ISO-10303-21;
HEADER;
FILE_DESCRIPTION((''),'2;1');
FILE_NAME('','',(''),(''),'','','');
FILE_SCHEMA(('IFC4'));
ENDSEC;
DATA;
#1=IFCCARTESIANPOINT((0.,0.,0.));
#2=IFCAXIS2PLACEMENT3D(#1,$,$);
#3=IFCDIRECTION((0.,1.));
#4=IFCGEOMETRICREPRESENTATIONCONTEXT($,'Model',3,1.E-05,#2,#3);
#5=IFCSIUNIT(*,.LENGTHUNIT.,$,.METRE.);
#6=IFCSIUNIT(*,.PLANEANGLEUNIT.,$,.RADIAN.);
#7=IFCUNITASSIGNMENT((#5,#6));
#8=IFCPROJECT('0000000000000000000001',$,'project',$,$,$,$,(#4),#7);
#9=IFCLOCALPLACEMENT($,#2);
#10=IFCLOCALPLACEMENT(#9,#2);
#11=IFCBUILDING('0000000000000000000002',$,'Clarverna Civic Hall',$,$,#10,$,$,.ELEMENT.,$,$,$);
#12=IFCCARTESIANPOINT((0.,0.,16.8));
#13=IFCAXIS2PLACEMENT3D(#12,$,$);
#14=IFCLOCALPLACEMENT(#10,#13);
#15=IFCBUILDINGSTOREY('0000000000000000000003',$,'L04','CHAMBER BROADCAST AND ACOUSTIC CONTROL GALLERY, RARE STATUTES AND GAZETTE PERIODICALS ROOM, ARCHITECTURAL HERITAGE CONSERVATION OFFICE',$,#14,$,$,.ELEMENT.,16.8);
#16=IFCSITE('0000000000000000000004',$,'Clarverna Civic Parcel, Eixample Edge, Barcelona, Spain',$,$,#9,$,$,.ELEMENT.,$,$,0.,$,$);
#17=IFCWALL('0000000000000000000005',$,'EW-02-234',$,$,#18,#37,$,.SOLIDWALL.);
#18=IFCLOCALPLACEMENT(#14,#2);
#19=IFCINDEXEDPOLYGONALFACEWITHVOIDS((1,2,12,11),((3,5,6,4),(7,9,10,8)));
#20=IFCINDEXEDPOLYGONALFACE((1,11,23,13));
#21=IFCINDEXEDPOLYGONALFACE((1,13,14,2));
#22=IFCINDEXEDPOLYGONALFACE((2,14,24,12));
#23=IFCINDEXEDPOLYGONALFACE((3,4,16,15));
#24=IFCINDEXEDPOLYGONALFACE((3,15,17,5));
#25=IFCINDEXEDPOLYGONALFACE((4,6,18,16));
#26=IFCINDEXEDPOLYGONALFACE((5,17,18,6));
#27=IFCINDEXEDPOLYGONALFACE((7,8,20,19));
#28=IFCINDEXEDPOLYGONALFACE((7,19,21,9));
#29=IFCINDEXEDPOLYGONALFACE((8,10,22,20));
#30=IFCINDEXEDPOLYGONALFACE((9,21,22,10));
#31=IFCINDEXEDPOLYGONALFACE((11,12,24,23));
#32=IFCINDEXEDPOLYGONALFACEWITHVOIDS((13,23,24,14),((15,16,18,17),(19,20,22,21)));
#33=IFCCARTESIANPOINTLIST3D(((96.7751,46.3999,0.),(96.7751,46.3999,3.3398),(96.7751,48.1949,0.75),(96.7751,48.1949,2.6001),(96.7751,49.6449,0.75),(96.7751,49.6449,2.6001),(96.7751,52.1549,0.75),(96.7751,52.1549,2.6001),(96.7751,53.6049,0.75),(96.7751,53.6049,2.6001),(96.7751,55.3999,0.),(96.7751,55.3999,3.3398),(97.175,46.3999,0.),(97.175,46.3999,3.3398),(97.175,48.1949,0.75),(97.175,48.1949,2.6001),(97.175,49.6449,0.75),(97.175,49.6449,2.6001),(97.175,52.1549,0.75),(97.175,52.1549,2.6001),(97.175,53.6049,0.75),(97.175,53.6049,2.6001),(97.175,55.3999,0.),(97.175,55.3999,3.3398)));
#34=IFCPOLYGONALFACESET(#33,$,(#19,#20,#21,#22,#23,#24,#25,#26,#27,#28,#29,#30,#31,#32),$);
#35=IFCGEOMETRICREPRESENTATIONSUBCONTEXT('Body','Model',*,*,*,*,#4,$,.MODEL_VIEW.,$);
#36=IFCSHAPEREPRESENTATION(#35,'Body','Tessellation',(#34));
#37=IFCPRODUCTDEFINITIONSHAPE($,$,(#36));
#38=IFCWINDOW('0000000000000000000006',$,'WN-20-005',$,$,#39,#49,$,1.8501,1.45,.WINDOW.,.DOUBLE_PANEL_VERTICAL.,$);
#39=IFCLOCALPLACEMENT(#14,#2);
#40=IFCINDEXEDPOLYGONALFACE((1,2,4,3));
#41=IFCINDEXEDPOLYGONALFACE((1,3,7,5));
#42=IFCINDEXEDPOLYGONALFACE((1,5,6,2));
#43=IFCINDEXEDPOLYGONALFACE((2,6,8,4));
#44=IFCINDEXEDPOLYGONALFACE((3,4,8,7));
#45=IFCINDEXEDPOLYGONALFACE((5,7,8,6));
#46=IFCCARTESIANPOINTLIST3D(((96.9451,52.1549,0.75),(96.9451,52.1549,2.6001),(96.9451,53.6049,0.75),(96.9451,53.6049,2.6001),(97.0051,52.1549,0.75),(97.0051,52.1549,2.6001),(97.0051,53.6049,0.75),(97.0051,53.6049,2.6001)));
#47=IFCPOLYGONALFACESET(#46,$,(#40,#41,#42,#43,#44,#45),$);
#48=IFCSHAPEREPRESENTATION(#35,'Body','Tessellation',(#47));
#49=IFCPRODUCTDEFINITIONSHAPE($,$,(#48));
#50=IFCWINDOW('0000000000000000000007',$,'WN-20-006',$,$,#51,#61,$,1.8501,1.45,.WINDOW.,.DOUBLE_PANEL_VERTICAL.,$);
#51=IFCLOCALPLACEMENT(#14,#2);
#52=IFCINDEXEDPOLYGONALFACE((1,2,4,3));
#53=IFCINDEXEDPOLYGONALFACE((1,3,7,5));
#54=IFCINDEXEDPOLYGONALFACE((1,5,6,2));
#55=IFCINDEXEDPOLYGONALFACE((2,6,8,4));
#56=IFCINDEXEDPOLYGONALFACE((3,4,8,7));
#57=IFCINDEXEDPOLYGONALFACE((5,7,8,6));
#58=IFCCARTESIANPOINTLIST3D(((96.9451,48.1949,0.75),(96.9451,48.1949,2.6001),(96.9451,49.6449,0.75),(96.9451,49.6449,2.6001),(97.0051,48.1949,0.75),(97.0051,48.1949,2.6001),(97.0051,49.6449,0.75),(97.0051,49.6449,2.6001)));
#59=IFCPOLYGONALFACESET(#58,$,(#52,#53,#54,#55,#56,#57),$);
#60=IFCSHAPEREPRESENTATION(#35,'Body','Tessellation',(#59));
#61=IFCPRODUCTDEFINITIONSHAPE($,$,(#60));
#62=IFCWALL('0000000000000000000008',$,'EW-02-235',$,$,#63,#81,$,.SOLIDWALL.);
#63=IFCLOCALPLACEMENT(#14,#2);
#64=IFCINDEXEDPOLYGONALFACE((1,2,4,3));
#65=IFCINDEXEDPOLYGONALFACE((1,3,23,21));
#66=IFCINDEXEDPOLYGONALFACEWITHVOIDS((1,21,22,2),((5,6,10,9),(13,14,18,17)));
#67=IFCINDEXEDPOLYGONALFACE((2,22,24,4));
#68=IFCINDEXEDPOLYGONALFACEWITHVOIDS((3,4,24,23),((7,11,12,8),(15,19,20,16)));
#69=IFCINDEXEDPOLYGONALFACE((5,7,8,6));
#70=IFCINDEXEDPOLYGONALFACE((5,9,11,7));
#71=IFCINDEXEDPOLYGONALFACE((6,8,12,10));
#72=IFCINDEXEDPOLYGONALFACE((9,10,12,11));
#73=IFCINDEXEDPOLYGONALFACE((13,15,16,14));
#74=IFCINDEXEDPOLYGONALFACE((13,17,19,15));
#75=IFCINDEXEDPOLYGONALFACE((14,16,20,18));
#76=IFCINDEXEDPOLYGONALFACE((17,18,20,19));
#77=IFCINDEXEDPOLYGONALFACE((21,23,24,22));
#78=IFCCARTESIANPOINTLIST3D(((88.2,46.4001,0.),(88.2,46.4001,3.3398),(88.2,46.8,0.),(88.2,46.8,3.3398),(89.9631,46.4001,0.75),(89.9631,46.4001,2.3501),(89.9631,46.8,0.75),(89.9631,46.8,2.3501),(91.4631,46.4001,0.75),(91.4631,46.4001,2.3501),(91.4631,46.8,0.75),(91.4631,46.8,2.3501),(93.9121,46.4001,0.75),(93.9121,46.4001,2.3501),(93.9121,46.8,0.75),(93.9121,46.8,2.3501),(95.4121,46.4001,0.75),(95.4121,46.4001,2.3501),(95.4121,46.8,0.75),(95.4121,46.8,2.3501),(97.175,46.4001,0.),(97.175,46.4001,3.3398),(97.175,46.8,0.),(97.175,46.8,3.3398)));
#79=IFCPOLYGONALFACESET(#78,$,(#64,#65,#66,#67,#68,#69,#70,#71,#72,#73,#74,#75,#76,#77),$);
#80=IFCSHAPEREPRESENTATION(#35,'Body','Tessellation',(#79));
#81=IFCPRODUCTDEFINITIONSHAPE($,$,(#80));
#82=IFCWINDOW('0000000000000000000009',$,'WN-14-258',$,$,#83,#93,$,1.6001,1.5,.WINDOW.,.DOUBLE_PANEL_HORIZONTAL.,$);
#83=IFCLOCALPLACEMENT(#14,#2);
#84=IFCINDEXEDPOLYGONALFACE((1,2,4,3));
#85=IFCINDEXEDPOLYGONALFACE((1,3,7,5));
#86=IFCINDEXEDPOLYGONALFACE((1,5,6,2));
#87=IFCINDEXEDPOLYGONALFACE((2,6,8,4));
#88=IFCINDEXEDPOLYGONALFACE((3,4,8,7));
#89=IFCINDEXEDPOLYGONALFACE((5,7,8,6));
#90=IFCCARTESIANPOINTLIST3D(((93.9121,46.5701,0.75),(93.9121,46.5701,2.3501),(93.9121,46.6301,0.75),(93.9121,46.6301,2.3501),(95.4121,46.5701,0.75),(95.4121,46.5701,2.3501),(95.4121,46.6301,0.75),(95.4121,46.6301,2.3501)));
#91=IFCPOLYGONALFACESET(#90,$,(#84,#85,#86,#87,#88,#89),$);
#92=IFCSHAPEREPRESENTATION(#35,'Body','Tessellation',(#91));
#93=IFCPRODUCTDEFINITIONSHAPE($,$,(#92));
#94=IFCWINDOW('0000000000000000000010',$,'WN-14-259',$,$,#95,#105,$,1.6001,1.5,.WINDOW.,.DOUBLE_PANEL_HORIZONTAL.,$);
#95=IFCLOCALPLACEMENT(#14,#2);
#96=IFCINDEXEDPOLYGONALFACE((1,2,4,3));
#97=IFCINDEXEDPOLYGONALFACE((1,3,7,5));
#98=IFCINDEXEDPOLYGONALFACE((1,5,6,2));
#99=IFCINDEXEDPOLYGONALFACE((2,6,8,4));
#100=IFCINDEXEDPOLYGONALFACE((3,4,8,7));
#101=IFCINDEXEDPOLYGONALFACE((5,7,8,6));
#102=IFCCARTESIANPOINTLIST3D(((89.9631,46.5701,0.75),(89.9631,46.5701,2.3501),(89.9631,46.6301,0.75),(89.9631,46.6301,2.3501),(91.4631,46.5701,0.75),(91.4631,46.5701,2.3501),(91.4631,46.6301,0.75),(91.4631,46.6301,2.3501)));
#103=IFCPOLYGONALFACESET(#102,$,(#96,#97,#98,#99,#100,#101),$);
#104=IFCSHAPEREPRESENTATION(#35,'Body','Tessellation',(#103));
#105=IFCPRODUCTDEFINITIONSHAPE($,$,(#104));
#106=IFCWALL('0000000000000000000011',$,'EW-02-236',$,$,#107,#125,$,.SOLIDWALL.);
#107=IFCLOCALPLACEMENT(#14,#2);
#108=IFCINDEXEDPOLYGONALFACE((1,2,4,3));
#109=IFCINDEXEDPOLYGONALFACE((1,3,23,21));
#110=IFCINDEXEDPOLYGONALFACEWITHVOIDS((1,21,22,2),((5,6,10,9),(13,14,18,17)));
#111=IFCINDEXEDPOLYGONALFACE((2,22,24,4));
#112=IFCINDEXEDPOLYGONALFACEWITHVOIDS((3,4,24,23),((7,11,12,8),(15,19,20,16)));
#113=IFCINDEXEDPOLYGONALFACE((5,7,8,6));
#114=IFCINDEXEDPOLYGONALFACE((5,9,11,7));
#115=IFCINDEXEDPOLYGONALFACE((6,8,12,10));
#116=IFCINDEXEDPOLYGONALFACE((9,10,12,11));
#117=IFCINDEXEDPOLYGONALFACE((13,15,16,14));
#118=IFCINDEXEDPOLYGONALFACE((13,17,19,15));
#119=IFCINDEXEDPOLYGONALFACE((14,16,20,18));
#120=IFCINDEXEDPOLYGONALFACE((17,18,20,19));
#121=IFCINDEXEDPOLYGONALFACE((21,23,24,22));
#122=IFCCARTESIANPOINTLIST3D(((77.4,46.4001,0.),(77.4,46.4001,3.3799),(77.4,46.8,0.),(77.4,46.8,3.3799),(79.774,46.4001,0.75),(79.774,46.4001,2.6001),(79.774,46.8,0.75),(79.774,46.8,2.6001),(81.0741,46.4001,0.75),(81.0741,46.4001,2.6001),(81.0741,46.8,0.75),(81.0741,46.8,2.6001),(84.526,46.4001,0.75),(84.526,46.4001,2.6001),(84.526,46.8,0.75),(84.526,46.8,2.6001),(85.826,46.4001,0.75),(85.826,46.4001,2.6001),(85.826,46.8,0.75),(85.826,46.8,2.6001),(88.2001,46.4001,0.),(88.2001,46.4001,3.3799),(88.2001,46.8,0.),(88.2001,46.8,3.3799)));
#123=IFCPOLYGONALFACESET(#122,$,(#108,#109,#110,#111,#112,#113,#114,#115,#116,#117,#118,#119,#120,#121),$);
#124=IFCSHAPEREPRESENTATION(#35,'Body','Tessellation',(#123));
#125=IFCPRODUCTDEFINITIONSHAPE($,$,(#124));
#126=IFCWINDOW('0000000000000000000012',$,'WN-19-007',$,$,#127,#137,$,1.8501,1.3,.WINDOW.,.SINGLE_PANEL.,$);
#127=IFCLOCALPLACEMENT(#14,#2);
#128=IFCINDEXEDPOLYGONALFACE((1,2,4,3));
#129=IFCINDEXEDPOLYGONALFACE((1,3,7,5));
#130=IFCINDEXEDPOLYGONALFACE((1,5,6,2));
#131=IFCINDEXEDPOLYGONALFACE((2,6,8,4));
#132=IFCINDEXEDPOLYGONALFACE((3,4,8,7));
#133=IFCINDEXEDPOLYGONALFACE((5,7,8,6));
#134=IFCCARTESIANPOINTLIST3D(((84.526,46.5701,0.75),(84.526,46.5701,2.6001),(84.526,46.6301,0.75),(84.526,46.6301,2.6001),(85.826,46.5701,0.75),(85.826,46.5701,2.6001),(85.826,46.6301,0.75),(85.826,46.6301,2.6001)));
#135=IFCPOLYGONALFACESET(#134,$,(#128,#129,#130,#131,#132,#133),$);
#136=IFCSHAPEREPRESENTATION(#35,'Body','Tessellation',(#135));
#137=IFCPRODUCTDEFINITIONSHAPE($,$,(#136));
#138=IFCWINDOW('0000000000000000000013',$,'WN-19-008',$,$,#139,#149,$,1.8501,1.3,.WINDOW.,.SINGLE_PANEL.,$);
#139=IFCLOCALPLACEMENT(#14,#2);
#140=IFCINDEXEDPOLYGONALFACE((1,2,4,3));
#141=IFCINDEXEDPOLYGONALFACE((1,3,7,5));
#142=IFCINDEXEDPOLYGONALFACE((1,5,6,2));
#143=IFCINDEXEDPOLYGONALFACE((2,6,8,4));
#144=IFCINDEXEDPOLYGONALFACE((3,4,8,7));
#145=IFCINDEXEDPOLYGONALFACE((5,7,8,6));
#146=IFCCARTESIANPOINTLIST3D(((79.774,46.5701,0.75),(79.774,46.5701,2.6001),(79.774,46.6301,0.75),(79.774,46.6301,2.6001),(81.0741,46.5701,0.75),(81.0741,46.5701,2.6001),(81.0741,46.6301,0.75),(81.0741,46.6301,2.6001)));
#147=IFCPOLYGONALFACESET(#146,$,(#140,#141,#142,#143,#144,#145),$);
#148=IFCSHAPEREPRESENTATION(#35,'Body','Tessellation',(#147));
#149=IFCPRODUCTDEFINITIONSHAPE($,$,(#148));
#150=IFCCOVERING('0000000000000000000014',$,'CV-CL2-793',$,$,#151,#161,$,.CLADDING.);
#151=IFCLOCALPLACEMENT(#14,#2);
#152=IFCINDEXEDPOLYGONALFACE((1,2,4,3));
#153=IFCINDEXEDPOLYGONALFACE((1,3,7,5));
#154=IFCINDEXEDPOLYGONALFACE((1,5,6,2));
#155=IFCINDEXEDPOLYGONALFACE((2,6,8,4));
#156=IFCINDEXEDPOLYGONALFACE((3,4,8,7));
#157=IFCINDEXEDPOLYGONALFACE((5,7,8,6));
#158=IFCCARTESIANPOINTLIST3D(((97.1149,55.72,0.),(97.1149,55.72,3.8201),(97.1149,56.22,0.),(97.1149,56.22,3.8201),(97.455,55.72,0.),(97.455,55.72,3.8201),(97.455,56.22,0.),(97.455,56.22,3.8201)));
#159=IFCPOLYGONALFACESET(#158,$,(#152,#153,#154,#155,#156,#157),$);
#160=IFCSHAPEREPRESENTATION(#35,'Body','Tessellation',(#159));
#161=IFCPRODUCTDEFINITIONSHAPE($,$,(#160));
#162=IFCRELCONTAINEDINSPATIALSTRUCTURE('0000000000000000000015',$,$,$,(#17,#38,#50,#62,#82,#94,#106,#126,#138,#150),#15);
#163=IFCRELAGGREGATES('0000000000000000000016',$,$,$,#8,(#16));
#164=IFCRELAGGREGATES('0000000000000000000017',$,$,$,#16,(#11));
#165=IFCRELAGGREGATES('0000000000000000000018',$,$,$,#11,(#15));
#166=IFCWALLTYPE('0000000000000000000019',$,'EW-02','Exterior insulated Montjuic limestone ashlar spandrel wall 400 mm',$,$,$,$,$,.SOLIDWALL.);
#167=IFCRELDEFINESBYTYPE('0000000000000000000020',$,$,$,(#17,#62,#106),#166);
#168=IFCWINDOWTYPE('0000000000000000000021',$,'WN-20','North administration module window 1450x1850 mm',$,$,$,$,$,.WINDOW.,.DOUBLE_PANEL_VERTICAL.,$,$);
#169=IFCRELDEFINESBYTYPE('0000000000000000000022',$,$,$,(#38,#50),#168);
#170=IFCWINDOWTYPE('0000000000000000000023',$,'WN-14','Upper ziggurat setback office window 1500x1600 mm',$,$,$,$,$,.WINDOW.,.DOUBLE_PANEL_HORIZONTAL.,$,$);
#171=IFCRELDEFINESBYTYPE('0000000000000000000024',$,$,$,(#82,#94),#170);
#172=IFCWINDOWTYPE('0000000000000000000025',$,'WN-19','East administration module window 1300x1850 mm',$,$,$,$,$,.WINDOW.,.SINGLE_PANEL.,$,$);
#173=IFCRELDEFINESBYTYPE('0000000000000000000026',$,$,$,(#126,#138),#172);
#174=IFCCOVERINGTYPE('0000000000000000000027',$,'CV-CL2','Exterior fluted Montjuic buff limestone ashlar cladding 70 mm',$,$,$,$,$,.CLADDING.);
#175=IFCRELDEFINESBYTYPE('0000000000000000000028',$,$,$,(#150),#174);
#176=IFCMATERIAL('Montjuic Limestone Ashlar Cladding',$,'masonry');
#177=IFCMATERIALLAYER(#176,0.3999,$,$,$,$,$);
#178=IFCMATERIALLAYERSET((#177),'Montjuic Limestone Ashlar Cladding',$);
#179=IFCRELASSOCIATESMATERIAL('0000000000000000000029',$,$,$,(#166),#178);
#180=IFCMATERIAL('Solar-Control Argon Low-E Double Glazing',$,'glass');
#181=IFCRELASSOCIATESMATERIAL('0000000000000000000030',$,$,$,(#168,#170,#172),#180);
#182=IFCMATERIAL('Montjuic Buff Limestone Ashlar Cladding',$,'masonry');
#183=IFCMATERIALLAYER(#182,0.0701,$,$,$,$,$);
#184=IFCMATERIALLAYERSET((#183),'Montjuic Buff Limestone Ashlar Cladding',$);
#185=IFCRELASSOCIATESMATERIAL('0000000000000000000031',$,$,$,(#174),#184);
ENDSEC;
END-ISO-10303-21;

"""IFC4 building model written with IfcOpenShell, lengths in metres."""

from ifc_helpers import new_model, si_unit, direction, frame, frame_2d, origin, place, context, subcontext, project, spatial, rectangle, extrude, material, layer, layer_set, type_object, element, fill, save


model = new_model("IFC4")

# Units and contexts
model_context = context("Model", 3, precision=1e-05, world=origin(), true_north=direction((0.0, 1.0)))
body_context = subcontext(model_context, "Body", "Model", "MODEL_VIEW")
ifc_project = project(units=[si_unit("LENGTHUNIT", "METRE"), si_unit("PLANEANGLEUNIT", "RADIAN")], contexts=[model_context])

# Site, building, storey
site_placement = place(None, origin())
site = spatial("IfcSite", under=ifc_project, at=site_placement, Name="Clarverna Civic Parcel, Eixample Edge, Barcelona, Spain", CompositionType="ELEMENT", RefElevation=0.0)
building_placement = place(site_placement, origin())
building = spatial("IfcBuilding", under=site, at=building_placement, Name="Clarverna Civic Hall", CompositionType="ELEMENT")
storey_placement = place(building_placement, frame((0.0, 0.0, 16.8)))
storey = spatial("IfcBuildingStorey", under=building, at=storey_placement, Name="L04", Description="CHAMBER BROADCAST AND ACOUSTIC CONTROL GALLERY, RARE STATUTES AND GAZETTE PERIODICALS ROOM, ARCHITECTURAL HERITAGE CONSERVATION OFFICE", CompositionType="ELEMENT", Elevation=16.8)

# Walls, openings, windows
ifc_material_1 = material(Name="Montjuic Limestone Ashlar Cladding", Category="masonry")
ifc_layer_1 = layer(ifc_material_1, 0.3999)
ifc_layer_set_1 = layer_set([ifc_layer_1], Name="Montjuic Limestone Ashlar Cladding")
wall_type = type_object("IfcWallType", Name="EW-02", Description="Exterior insulated Montjuic limestone ashlar spandrel wall 400 mm", PredefinedType="SOLIDWALL", material=ifc_layer_set_1)
wall_1_placement = place(storey_placement, frame((96.9751, 55.3999, 0.0), z_axis=(0.0, 0.0, 1.0), x_axis=(0.0, -1.0, 0.0)))
wall_1 = element("IfcWall", 1, at=wall_1_placement, inside=storey, type_object=wall_type, Name="EW-02-234", PredefinedType="SOLIDWALL", context=body_context, shape_type="SweptSolid", body=[
    extrude(rectangle(XDim=9.0, YDim=0.3999, at=frame_2d((4.5, 0.0))), origin(), (0.0, 0.0, 1.0), 3.3398),
])
opening_1_placement = place(wall_1_placement, frame((1.7949, 0.0, 0.75)))
opening_1 = element("IfcOpeningElement", 2, at=opening_1_placement, cuts=wall_1, PredefinedType="OPENING", context=body_context, shape_type="SweptSolid", body=[
    extrude(rectangle(XDim=1.45, YDim=1.8501, at=frame_2d((0.7251, 0.925))), frame((0.0, 0.21, 0.0), z_axis=(0.0, -1.0, 0.0), x_axis=(1.0, 0.0, 0.0)), (0.0, 0.0, 1.0), 0.4199),
])
opening_2_placement = place(wall_1_placement, frame((5.7549, 0.0, 0.75)))
opening_2 = element("IfcOpeningElement", 3, at=opening_2_placement, cuts=wall_1, PredefinedType="OPENING", context=body_context, shape_type="SweptSolid", body=[
    extrude(rectangle(XDim=1.45, YDim=1.8501, at=frame_2d((0.7251, 0.925))), frame((0.0, 0.21, 0.0), z_axis=(0.0, -1.0, 0.0), x_axis=(1.0, 0.0, 0.0)), (0.0, 0.0, 1.0), 0.4199),
])
ifc_material_2 = material(Name="Solar-Control Argon Low-E Double Glazing", Category="glass")
window_type_1 = type_object("IfcWindowType", Name="WN-20", Description="North administration module window 1450x1850 mm", PartitioningType="DOUBLE_PANEL_VERTICAL", PredefinedType="WINDOW", material=ifc_material_2)
window_1_placement = place(opening_1_placement, origin())
window_1 = element("IfcWindow", 4, at=window_1_placement, inside=storey, type_object=window_type_1, Name="WN-20-005", OverallHeight=1.8501, OverallWidth=1.45, PartitioningType="DOUBLE_PANEL_VERTICAL", PredefinedType="WINDOW", context=body_context, shape_type="SweptSolid", body=[
    extrude(rectangle(XDim=1.45, YDim=1.8501, at=frame_2d((0.7251, 0.925))), frame((0.0, 0.03, 0.0), z_axis=(0.0, -1.0, 0.0), x_axis=(1.0, 0.0, 0.0)), (0.0, 0.0, 1.0), 0.0601),
])
fill(opening_1, window_1)
window_2_placement = place(opening_2_placement, origin())
window_2 = element("IfcWindow", 5, at=window_2_placement, inside=storey, type_object=window_type_1, Name="WN-20-006", OverallHeight=1.8501, OverallWidth=1.45, PartitioningType="DOUBLE_PANEL_VERTICAL", PredefinedType="WINDOW", context=body_context, shape_type="SweptSolid", body=[
    extrude(rectangle(XDim=1.45, YDim=1.8501, at=frame_2d((0.7251, 0.925))), frame((0.0, 0.03, 0.0), z_axis=(0.0, -1.0, 0.0), x_axis=(1.0, 0.0, 0.0)), (0.0, 0.0, 1.0), 0.0601),
])
fill(opening_2, window_2)
wall_2_placement = place(storey_placement, frame((97.175, 46.6001, 0.0), z_axis=(0.0, 0.0, 1.0), x_axis=(-1.0, 0.0, 0.0)))
wall_2 = element("IfcWall", 6, at=wall_2_placement, inside=storey, type_object=wall_type, Name="EW-02-235", PredefinedType="SOLIDWALL", context=body_context, shape_type="SweptSolid", body=[
    extrude(rectangle(XDim=8.9751, YDim=0.3999, at=frame_2d((4.4875, 0.0))), origin(), (0.0, 0.0, 1.0), 3.3398),
])
opening_3_placement = place(wall_2_placement, frame((1.7629, 0.0, 0.75)))
opening_3 = element("IfcOpeningElement", 7, at=opening_3_placement, cuts=wall_2, PredefinedType="OPENING", context=body_context, shape_type="SweptSolid", body=[
    extrude(rectangle(XDim=1.5, YDim=1.6001, at=frame_2d((0.75, 0.8))), frame((0.0, 0.21, 0.0), z_axis=(0.0, -1.0, 0.0), x_axis=(1.0, 0.0, 0.0)), (0.0, 0.0, 1.0), 0.4199),
])
opening_4_placement = place(wall_2_placement, frame((5.7119, 0.0, 0.75)))
opening_4 = element("IfcOpeningElement", 8, at=opening_4_placement, cuts=wall_2, PredefinedType="OPENING", context=body_context, shape_type="SweptSolid", body=[
    extrude(rectangle(XDim=1.5, YDim=1.6001, at=frame_2d((0.75, 0.8))), frame((0.0, 0.21, 0.0), z_axis=(0.0, -1.0, 0.0), x_axis=(1.0, 0.0, 0.0)), (0.0, 0.0, 1.0), 0.4199),
])
window_type_2 = type_object("IfcWindowType", Name="WN-14", Description="Upper ziggurat setback office window 1500x1600 mm", PartitioningType="DOUBLE_PANEL_HORIZONTAL", PredefinedType="WINDOW", material=ifc_material_2)
window_3_placement = place(opening_3_placement, origin())
window_3 = element("IfcWindow", 9, at=window_3_placement, inside=storey, type_object=window_type_2, Name="WN-14-258", OverallHeight=1.6001, OverallWidth=1.5, PartitioningType="DOUBLE_PANEL_HORIZONTAL", PredefinedType="WINDOW", context=body_context, shape_type="SweptSolid", body=[
    extrude(rectangle(XDim=1.5, YDim=1.6001, at=frame_2d((0.75, 0.8))), frame((0.0, 0.03, 0.0), z_axis=(0.0, -1.0, 0.0), x_axis=(1.0, 0.0, 0.0)), (0.0, 0.0, 1.0), 0.0601),
])
fill(opening_3, window_3)
window_4_placement = place(opening_4_placement, origin())
window_4 = element("IfcWindow", 10, at=window_4_placement, inside=storey, type_object=window_type_2, Name="WN-14-259", OverallHeight=1.6001, OverallWidth=1.5, PartitioningType="DOUBLE_PANEL_HORIZONTAL", PredefinedType="WINDOW", context=body_context, shape_type="SweptSolid", body=[
    extrude(rectangle(XDim=1.5, YDim=1.6001, at=frame_2d((0.75, 0.8))), frame((0.0, 0.03, 0.0), z_axis=(0.0, -1.0, 0.0), x_axis=(1.0, 0.0, 0.0)), (0.0, 0.0, 1.0), 0.0601),
])
fill(opening_4, window_4)
wall_3_placement = place(storey_placement, frame((88.2, 46.6001, 0.0), z_axis=(0.0, 0.0, 1.0), x_axis=(-1.0, 0.0, 0.0)))
wall_3 = element("IfcWall", 11, at=wall_3_placement, inside=storey, type_object=wall_type, Name="EW-02-236", PredefinedType="SOLIDWALL", context=body_context, shape_type="SweptSolid", body=[
    extrude(rectangle(XDim=10.8, YDim=0.3999, at=frame_2d((5.3999, 0.0))), origin(), (0.0, 0.0, 1.0), 3.3799),
])
opening_5_placement = place(wall_3_placement, frame((2.374, 0.0, 0.75)))
opening_5 = element("IfcOpeningElement", 12, at=opening_5_placement, cuts=wall_3, PredefinedType="OPENING", context=body_context, shape_type="SweptSolid", body=[
    extrude(rectangle(XDim=1.3, YDim=1.8501, at=frame_2d((0.6499, 0.925))), frame((0.0, 0.21, 0.0), z_axis=(0.0, -1.0, 0.0), x_axis=(1.0, 0.0, 0.0)), (0.0, 0.0, 1.0), 0.4199),
])
opening_6_placement = place(wall_3_placement, frame((7.126, 0.0, 0.75)))
opening_6 = element("IfcOpeningElement", 13, at=opening_6_placement, cuts=wall_3, PredefinedType="OPENING", context=body_context, shape_type="SweptSolid", body=[
    extrude(rectangle(XDim=1.3, YDim=1.8501, at=frame_2d((0.6499, 0.925))), frame((0.0, 0.21, 0.0), z_axis=(0.0, -1.0, 0.0), x_axis=(1.0, 0.0, 0.0)), (0.0, 0.0, 1.0), 0.4199),
])
window_type_3 = type_object("IfcWindowType", Name="WN-19", Description="East administration module window 1300x1850 mm", PartitioningType="SINGLE_PANEL", PredefinedType="WINDOW", material=ifc_material_2)
window_5_placement = place(opening_5_placement, origin())
window_5 = element("IfcWindow", 14, at=window_5_placement, inside=storey, type_object=window_type_3, Name="WN-19-007", OverallHeight=1.8501, OverallWidth=1.3, PartitioningType="SINGLE_PANEL", PredefinedType="WINDOW", context=body_context, shape_type="SweptSolid", body=[
    extrude(rectangle(XDim=1.3, YDim=1.8501, at=frame_2d((0.6499, 0.925))), frame((0.0, 0.03, 0.0), z_axis=(0.0, -1.0, 0.0), x_axis=(1.0, 0.0, 0.0)), (0.0, 0.0, 1.0), 0.0601),
])
fill(opening_5, window_5)
window_6_placement = place(opening_6_placement, origin())
window_6 = element("IfcWindow", 15, at=window_6_placement, inside=storey, type_object=window_type_3, Name="WN-19-008", OverallHeight=1.8501, OverallWidth=1.3, PartitioningType="SINGLE_PANEL", PredefinedType="WINDOW", context=body_context, shape_type="SweptSolid", body=[
    extrude(rectangle(XDim=1.3, YDim=1.8501, at=frame_2d((0.6499, 0.925))), frame((0.0, 0.03, 0.0), z_axis=(0.0, -1.0, 0.0), x_axis=(1.0, 0.0, 0.0)), (0.0, 0.0, 1.0), 0.0601),
])
fill(opening_6, window_6)

# Covering
ifc_material_3 = material(Name="Montjuic Buff Limestone Ashlar Cladding", Category="masonry")
ifc_layer_2 = layer(ifc_material_3, 0.0701)
ifc_layer_set_2 = layer_set([ifc_layer_2], Name="Montjuic Buff Limestone Ashlar Cladding")
covering_type = type_object("IfcCoveringType", Name="CV-CL2", Description="Exterior fluted Montjuic buff limestone ashlar cladding 70 mm", PredefinedType="CLADDING", material=ifc_layer_set_2)
covering_1_placement = place(storey_placement, frame((97.2849, 56.22, 0.0), z_axis=(0.0, 0.0, 1.0), x_axis=(0.0, -1.0, 0.0)))
element("IfcCovering", 16, at=covering_1_placement, inside=storey, type_object=covering_type, Name="CV-CL2-793", PredefinedType="CLADDING", context=body_context, shape_type="SweptSolid", body=[
    extrude(rectangle(XDim=0.5, YDim=0.3401, at=frame_2d((0.25, 0.0))), origin(), (0.0, 0.0, 1.0), 3.8201),
])

save(model, "model.ifc")
